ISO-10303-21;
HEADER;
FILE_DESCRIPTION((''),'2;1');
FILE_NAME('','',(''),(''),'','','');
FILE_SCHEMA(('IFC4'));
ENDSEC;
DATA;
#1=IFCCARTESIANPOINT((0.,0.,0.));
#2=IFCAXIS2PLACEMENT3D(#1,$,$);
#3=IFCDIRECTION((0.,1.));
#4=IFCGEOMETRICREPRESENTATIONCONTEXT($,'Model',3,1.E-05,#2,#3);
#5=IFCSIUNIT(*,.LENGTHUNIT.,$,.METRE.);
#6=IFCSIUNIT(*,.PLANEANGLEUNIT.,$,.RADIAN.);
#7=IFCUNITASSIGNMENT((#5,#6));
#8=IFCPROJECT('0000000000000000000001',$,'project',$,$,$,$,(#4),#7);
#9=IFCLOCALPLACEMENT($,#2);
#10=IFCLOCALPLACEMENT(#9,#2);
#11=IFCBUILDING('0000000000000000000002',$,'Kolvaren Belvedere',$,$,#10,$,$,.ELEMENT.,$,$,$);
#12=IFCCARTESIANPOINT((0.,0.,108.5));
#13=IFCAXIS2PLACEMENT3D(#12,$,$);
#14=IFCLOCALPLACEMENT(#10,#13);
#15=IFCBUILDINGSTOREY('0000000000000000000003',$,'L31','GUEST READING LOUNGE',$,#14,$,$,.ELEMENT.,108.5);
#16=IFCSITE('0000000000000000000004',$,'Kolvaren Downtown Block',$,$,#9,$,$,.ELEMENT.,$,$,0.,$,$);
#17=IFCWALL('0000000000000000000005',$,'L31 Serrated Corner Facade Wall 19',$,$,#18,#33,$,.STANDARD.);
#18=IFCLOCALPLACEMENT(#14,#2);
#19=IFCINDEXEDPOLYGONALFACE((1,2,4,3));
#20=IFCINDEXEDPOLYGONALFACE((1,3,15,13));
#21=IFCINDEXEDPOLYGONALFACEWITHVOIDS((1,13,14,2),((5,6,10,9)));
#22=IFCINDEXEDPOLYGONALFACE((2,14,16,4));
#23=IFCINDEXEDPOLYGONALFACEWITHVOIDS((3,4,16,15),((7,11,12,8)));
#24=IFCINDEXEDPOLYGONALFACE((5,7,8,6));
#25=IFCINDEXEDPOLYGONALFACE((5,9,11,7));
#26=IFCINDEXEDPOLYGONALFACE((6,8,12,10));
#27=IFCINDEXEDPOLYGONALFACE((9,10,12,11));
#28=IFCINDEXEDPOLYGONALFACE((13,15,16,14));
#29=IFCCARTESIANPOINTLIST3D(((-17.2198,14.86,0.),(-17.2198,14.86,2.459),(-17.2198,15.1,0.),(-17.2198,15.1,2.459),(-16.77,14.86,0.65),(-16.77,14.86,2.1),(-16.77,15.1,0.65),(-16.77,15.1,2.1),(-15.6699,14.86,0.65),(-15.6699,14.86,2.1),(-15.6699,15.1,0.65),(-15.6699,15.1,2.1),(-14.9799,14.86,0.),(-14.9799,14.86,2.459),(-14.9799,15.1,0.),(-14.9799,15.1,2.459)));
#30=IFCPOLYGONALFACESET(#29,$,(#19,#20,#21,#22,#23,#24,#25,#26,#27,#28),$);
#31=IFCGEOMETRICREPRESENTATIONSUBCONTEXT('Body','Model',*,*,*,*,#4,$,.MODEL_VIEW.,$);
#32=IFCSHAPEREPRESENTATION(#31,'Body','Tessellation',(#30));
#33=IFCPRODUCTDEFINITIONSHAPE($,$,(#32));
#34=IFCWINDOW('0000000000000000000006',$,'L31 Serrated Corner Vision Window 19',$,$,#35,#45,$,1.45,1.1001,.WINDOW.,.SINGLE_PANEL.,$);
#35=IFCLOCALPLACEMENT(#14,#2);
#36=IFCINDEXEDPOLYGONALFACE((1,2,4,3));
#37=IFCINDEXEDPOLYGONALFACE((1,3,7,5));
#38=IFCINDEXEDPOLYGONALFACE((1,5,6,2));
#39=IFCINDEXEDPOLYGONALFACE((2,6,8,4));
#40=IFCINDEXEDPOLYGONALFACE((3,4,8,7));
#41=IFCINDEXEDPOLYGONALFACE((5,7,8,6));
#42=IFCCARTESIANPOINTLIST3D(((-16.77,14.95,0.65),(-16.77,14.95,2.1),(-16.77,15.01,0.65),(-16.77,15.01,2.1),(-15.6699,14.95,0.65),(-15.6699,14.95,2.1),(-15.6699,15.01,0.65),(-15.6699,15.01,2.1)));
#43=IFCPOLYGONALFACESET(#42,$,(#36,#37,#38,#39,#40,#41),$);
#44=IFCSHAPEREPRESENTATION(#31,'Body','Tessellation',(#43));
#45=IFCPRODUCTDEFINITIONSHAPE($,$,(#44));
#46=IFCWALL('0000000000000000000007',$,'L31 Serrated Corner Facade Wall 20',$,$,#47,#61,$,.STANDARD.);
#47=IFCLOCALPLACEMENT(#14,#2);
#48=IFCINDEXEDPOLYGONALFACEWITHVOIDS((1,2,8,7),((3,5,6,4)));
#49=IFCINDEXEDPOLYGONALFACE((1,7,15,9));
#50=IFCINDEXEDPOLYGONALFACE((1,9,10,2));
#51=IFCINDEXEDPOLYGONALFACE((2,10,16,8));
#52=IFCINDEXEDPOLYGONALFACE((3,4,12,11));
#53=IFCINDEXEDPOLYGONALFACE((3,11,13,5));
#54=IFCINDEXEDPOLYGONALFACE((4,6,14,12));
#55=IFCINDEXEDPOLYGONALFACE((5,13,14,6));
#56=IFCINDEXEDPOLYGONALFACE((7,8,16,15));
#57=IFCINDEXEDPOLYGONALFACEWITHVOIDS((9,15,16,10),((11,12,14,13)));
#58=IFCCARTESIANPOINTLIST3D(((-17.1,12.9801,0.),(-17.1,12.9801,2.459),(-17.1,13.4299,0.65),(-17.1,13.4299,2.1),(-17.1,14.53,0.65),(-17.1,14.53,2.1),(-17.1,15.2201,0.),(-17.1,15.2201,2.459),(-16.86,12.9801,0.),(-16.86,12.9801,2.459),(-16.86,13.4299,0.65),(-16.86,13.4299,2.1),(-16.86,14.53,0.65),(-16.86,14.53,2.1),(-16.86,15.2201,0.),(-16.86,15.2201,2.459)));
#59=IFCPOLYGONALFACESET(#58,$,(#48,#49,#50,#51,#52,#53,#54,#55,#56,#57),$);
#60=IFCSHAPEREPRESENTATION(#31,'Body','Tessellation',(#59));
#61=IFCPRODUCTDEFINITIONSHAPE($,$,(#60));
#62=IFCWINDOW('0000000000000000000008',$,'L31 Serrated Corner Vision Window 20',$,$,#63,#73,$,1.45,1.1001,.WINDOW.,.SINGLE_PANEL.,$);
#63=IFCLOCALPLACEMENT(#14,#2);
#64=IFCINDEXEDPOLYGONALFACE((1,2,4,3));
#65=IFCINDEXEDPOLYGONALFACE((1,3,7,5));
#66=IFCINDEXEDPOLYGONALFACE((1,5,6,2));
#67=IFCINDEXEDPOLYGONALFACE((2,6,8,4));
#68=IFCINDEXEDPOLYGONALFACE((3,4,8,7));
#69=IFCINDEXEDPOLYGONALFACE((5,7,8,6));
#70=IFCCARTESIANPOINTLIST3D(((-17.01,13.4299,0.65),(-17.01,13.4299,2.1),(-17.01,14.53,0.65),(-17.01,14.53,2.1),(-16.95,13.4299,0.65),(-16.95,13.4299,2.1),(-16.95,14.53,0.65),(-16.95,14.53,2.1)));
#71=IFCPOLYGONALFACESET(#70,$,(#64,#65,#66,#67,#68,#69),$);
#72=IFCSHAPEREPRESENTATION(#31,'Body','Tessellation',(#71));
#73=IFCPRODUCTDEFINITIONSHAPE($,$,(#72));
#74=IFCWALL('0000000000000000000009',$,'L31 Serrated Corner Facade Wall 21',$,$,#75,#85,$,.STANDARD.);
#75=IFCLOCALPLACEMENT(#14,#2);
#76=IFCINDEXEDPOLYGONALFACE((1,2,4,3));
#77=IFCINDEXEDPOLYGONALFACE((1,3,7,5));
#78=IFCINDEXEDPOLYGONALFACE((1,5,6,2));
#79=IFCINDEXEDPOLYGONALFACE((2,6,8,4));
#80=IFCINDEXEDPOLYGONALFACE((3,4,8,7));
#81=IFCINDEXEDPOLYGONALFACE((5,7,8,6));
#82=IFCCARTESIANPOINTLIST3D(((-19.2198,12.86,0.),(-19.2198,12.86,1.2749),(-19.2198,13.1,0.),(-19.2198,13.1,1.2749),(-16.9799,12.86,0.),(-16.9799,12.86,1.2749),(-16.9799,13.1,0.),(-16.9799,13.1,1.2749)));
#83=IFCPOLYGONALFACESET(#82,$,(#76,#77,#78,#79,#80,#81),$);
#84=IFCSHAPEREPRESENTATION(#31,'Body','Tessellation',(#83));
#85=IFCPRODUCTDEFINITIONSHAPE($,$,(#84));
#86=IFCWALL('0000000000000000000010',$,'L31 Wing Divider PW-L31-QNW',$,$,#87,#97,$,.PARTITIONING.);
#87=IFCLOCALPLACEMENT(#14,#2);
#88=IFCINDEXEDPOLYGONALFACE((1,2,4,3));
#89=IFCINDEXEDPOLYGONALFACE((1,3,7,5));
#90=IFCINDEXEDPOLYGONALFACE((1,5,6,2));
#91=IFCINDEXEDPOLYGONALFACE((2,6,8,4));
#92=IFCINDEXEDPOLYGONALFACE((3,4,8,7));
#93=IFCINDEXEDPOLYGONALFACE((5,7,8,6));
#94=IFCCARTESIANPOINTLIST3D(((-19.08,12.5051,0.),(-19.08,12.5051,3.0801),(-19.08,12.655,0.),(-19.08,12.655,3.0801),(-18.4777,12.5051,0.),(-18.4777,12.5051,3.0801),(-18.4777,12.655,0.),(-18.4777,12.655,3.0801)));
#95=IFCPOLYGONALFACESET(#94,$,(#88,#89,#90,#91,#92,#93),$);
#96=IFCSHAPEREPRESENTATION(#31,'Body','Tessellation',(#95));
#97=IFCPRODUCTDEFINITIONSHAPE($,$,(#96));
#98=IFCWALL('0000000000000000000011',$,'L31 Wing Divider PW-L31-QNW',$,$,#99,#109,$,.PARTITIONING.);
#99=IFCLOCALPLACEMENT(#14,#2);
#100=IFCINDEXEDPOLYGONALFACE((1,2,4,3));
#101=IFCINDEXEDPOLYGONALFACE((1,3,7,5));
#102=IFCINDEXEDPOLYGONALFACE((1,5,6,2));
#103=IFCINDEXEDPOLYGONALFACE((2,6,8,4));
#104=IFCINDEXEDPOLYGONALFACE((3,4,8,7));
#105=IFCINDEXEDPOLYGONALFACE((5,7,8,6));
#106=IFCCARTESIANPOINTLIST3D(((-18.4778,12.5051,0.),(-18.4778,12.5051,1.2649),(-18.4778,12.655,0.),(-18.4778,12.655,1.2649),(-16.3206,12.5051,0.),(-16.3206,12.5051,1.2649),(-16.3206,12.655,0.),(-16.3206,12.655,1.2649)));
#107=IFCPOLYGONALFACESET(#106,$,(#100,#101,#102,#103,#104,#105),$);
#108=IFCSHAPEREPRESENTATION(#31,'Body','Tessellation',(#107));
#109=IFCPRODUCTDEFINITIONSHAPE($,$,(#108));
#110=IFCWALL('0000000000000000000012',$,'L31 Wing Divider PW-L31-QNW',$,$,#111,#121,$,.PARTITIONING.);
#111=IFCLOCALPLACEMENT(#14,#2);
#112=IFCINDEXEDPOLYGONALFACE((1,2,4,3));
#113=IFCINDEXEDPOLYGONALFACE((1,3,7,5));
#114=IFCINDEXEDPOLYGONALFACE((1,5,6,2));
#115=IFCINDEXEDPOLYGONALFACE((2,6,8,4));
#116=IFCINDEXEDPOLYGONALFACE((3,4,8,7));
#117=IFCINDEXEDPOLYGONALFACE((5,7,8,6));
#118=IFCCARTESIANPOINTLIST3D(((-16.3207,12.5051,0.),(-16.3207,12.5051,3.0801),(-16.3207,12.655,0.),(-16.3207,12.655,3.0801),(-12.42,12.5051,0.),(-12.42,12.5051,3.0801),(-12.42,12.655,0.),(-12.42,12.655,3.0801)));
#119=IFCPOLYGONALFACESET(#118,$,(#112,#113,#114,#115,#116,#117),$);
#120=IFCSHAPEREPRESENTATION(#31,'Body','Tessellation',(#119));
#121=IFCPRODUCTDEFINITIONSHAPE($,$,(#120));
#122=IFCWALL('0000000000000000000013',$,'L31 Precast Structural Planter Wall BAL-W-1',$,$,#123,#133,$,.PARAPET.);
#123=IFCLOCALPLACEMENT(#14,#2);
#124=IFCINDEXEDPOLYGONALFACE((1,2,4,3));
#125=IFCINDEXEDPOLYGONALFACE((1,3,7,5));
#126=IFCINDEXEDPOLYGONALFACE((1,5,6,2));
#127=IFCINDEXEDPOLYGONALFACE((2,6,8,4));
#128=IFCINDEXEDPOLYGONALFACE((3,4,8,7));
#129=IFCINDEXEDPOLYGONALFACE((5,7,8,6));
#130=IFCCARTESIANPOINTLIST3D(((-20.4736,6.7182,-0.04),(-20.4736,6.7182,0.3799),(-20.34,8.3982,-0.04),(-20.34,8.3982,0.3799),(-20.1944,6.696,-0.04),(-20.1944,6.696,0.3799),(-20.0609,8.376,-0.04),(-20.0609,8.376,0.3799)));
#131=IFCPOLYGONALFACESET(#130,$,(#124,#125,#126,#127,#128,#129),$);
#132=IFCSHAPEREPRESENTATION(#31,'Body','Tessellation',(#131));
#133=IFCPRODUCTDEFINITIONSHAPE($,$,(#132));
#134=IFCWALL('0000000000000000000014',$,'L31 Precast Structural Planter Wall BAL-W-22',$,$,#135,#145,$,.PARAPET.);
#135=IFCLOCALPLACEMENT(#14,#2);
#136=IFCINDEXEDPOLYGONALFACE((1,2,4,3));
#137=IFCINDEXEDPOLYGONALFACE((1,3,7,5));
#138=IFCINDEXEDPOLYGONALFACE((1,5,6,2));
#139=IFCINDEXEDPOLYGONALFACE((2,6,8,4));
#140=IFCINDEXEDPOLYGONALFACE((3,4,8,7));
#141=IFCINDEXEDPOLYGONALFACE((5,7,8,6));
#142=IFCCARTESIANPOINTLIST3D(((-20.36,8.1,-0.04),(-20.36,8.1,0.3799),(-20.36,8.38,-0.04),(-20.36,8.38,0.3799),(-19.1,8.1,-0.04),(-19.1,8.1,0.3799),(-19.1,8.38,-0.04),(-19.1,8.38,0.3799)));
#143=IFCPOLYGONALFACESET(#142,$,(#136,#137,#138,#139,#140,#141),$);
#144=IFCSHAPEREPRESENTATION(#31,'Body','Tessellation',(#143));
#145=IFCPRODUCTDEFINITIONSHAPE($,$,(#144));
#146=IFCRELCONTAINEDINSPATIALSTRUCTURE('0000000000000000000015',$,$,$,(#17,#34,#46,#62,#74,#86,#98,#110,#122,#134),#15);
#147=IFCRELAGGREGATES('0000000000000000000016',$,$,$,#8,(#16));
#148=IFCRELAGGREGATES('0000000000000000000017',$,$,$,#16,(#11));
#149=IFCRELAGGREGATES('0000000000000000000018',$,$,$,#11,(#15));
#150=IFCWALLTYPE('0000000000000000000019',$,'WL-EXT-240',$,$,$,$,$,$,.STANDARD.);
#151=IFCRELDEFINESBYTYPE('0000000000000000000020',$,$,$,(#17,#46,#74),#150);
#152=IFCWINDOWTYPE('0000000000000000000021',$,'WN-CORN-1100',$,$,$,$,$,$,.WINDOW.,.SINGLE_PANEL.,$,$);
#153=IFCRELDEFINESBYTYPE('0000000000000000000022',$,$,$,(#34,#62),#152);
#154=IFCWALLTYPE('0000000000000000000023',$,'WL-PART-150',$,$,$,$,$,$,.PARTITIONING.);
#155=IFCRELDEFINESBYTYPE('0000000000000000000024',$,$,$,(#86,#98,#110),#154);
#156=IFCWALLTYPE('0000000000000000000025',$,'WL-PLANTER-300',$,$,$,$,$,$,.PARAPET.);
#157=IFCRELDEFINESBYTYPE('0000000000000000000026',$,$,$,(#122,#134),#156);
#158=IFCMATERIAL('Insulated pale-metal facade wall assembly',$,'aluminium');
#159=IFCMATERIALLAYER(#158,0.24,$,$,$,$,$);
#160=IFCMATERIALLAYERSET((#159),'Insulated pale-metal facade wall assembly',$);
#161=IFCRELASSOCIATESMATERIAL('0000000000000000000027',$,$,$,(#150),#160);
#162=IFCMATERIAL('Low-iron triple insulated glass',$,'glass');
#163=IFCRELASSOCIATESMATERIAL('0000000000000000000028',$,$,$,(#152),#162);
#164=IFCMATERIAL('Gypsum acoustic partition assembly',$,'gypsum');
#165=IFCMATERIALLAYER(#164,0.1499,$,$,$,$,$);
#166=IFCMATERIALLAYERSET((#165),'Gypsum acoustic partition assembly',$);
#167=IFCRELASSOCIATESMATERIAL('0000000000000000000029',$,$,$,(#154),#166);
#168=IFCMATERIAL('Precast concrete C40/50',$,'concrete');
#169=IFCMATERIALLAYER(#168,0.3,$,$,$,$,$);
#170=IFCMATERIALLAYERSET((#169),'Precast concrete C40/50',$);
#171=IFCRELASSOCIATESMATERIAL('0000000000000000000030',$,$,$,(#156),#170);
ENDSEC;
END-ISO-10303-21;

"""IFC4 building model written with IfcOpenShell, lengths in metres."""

from ifc_helpers import new_model, si_unit, direction, frame, frame_2d, origin, place, context, subcontext, project, spatial, rectangle, extrude, material, layer, layer_set, type_object, element, fill, save


model = new_model("IFC4")

# Units and contexts
model_context = context("Model", 3, precision=1e-05, world=origin(), true_north=direction((0.0, 1.0)))
body_context = subcontext(model_context, "Body", "Model", "MODEL_VIEW")
ifc_project = project(units=[si_unit("LENGTHUNIT", "METRE"), si_unit("PLANEANGLEUNIT", "RADIAN")], contexts=[model_context])

# Site, building, storey
site_placement = place(None, origin())
site = spatial("IfcSite", under=ifc_project, at=site_placement, Name="Kolvaren Downtown Block", CompositionType="ELEMENT", RefElevation=0.0)
building_placement = place(site_placement, origin())
building = spatial("IfcBuilding", under=site, at=building_placement, Name="Kolvaren Belvedere", CompositionType="ELEMENT")
storey_placement = place(building_placement, frame((0.0, 0.0, 108.5)))
storey = spatial("IfcBuildingStorey", under=building, at=storey_placement, Name="L31", Description="GUEST READING LOUNGE", CompositionType="ELEMENT", Elevation=108.5)

# Shared definitions
ifc_material_1 = material(Name="Insulated pale-metal facade wall assembly", Category="aluminium")
ifc_layer_1 = layer(ifc_material_1, 0.24)
ifc_layer_set_1 = layer_set([ifc_layer_1], Name="Insulated pale-metal facade wall assembly")
wall_type_1 = type_object("IfcWallType", Name="WL-EXT-240", PredefinedType="STANDARD", material=ifc_layer_set_1)

# Walls, openings, windows
ifc_material_2 = material(Name="Low-iron triple insulated glass", Category="glass")
window_type = type_object("IfcWindowType", Name="WN-CORN-1100", PartitioningType="SINGLE_PANEL", PredefinedType="WINDOW", material=ifc_material_2)
wall_1_placement = place(storey_placement, frame((-17.22, 14.98, 0.0), z_axis=(0.0, 0.0, 1.0), x_axis=(1.0, 0.0, 0.0)))
wall_1 = element("IfcWall", 1, at=wall_1_placement, inside=storey, type_object=wall_type_1, Name="L31 Serrated Corner Facade Wall 19", PredefinedType="STANDARD", context=body_context, shape_type="SweptSolid", body=[
    extrude(rectangle(XDim=2.24, YDim=0.24, at=frame_2d((1.1201, 0.0))), origin(), (0.0, 0.0, 1.0), 2.459),
])
opening_1_placement = place(wall_1_placement, frame((0.45, 0.0, 0.6499)))
opening_1 = element("IfcOpeningElement", 2, at=opening_1_placement, cuts=wall_1, PredefinedType="OPENING", context=body_context, shape_type="SweptSolid", body=[
    extrude(rectangle(XDim=1.1001, YDim=1.45, at=frame_2d((0.55, 0.7251))), frame((0.0, 0.1299, 0.0), z_axis=(0.0, -1.0, 0.0), x_axis=(1.0, 0.0, 0.0)), (0.0, 0.0, 1.0), 0.26),
])
window_1_placement = place(opening_1_placement, origin())
window_1 = element("IfcWindow", 3, at=window_1_placement, inside=storey, type_object=window_type, Name="L31 Serrated Corner Vision Window 19", OverallHeight=1.45, OverallWidth=1.1001, PartitioningType="SINGLE_PANEL", PredefinedType="WINDOW", context=body_context, shape_type="SweptSolid", body=[
    extrude(rectangle(XDim=1.1001, YDim=1.45, at=frame_2d((0.55, 0.7251))), frame((0.0, 0.03, 0.0), z_axis=(0.0, -1.0, 0.0), x_axis=(1.0, 0.0, 0.0)), (0.0, 0.0, 1.0), 0.0601),
])
fill(opening_1, window_1)
wall_2_placement = place(storey_placement, frame((-16.98, 12.98, 0.0), z_axis=(0.0, 0.0, 1.0), x_axis=(0.0, 1.0, 0.0)))
wall_2 = element("IfcWall", 4, at=wall_2_placement, inside=storey, type_object=wall_type_1, Name="L31 Serrated Corner Facade Wall 20", PredefinedType="STANDARD", context=body_context, shape_type="SweptSolid", body=[
    extrude(rectangle(XDim=2.24, YDim=0.24, at=frame_2d((1.1201, 0.0))), origin(), (0.0, 0.0, 1.0), 2.459),
])
opening_2_placement = place(wall_2_placement, frame((0.45, 0.0, 0.6499)))
opening_2 = element("IfcOpeningElement", 5, at=opening_2_placement, cuts=wall_2, PredefinedType="OPENING", context=body_context, shape_type="SweptSolid", body=[
    extrude(rectangle(XDim=1.1001, YDim=1.45, at=frame_2d((0.55, 0.7251))), frame((0.0, 0.1299, 0.0), z_axis=(0.0, -1.0, 0.0), x_axis=(1.0, 0.0, 0.0)), (0.0, 0.0, 1.0), 0.26),
])
window_2_placement = place(opening_2_placement, origin())
window_2 = element("IfcWindow", 6, at=window_2_placement, inside=storey, type_object=window_type, Name="L31 Serrated Corner Vision Window 20", OverallHeight=1.45, OverallWidth=1.1001, PartitioningType="SINGLE_PANEL", PredefinedType="WINDOW", context=body_context, shape_type="SweptSolid", body=[
    extrude(rectangle(XDim=1.1001, YDim=1.45, at=frame_2d((0.55, 0.7251))), frame((0.0, 0.03, 0.0), z_axis=(0.0, -1.0, 0.0), x_axis=(1.0, 0.0, 0.0)), (0.0, 0.0, 1.0), 0.0601),
])
fill(opening_2, window_2)

# Walls
wall_3_placement = place(storey_placement, frame((-19.22, 12.98, 0.0), z_axis=(0.0, 0.0, 1.0), x_axis=(1.0, 0.0, 0.0)))
element("IfcWall", 7, at=wall_3_placement, inside=storey, type_object=wall_type_1, Name="L31 Serrated Corner Facade Wall 21", PredefinedType="STANDARD", context=body_context, shape_type="SweptSolid", body=[
    extrude(rectangle(XDim=2.24, YDim=0.24, at=frame_2d((1.1201, 0.0))), origin(), (0.0, 0.0, 1.0), 1.2749),
])
ifc_material_3 = material(Name="Gypsum acoustic partition assembly", Category="gypsum")
ifc_layer_2 = layer(ifc_material_3, 0.1499)
ifc_layer_set_2 = layer_set([ifc_layer_2], Name="Gypsum acoustic partition assembly")
wall_type_2 = type_object("IfcWallType", Name="WL-PART-150", PredefinedType="PARTITIONING", material=ifc_layer_set_2)
wall_4_placement = place(storey_placement, frame((-19.0801, 12.5801, 0.0), z_axis=(0.0, 0.0, 1.0), x_axis=(1.0, 0.0, 0.0)))
element("IfcWall", 8, at=wall_4_placement, inside=storey, type_object=wall_type_2, Name="L31 Wing Divider PW-L31-QNW", PredefinedType="PARTITIONING", context=body_context, shape_type="SweptSolid", body=[
    extrude(rectangle(XDim=0.6023, YDim=0.1499, at=frame_2d((0.3013, 0.0))), origin(), (0.0, 0.0, 1.0), 3.0801),
])
wall_5_placement = place(storey_placement, frame((-18.4778, 12.5801, 0.0), z_axis=(0.0, 0.0, 1.0), x_axis=(1.0, 0.0, 0.0)))
element("IfcWall", 9, at=wall_5_placement, inside=storey, type_object=wall_type_2, Name="L31 Wing Divider PW-L31-QNW", PredefinedType="PARTITIONING", context=body_context, shape_type="SweptSolid", body=[
    extrude(rectangle(XDim=2.1572, YDim=0.1499, at=frame_2d((1.0786, 0.0))), origin(), (0.0, 0.0, 1.0), 1.2649),
])
wall_6_placement = place(storey_placement, frame((-16.3206, 12.5801, 0.0), z_axis=(0.0, 0.0, 1.0), x_axis=(1.0, 0.0, 0.0)))
element("IfcWall", 10, at=wall_6_placement, inside=storey, type_object=wall_type_2, Name="L31 Wing Divider PW-L31-QNW", PredefinedType="PARTITIONING", context=body_context, shape_type="SweptSolid", body=[
    extrude(rectangle(XDim=3.9006, YDim=0.1499, at=frame_2d((1.9502, 0.0))), origin(), (0.0, 0.0, 1.0), 3.0801),
])
ifc_material_4 = material(Name="Precast concrete C40/50", Category="concrete")
ifc_layer_3 = layer(ifc_material_4, 0.3)
ifc_layer_set_3 = layer_set([ifc_layer_3], Name="Precast concrete C40/50")
wall_type_3 = type_object("IfcWallType", Name="WL-PLANTER-300", PredefinedType="PARAPET", material=ifc_layer_set_3)
wall_7_placement = place(storey_placement, frame((-20.2004, 8.3872, -0.04), z_axis=(0.0, 0.0, 1.0), x_axis=(-0.079244, -0.996855, 0.0)))
element("IfcWall", 11, at=wall_7_placement, inside=storey, type_object=wall_type_3, Name="L31 Precast Structural Planter Wall BAL-W-1", PredefinedType="PARAPET", context=body_context, shape_type="SweptSolid", body=[
    extrude(rectangle(XDim=1.6853, YDim=0.28, at=frame_2d((0.8428, 0.0))), origin(), (0.0, 0.0, 1.0), 0.4199),
])
wall_8_placement = place(storey_placement, frame((-19.1001, 8.24, -0.04), z_axis=(0.0, 0.0, 1.0), x_axis=(-1.0, 0.0, 0.0)))
element("IfcWall", 12, at=wall_8_placement, inside=storey, type_object=wall_type_3, Name="L31 Precast Structural Planter Wall BAL-W-22", PredefinedType="PARAPET", context=body_context, shape_type="SweptSolid", body=[
    extrude(rectangle(XDim=1.26, YDim=0.28, at=frame_2d((0.6299, 0.0))), origin(), (0.0, 0.0, 1.0), 0.4199),
])

save(model, "model.ifc")
